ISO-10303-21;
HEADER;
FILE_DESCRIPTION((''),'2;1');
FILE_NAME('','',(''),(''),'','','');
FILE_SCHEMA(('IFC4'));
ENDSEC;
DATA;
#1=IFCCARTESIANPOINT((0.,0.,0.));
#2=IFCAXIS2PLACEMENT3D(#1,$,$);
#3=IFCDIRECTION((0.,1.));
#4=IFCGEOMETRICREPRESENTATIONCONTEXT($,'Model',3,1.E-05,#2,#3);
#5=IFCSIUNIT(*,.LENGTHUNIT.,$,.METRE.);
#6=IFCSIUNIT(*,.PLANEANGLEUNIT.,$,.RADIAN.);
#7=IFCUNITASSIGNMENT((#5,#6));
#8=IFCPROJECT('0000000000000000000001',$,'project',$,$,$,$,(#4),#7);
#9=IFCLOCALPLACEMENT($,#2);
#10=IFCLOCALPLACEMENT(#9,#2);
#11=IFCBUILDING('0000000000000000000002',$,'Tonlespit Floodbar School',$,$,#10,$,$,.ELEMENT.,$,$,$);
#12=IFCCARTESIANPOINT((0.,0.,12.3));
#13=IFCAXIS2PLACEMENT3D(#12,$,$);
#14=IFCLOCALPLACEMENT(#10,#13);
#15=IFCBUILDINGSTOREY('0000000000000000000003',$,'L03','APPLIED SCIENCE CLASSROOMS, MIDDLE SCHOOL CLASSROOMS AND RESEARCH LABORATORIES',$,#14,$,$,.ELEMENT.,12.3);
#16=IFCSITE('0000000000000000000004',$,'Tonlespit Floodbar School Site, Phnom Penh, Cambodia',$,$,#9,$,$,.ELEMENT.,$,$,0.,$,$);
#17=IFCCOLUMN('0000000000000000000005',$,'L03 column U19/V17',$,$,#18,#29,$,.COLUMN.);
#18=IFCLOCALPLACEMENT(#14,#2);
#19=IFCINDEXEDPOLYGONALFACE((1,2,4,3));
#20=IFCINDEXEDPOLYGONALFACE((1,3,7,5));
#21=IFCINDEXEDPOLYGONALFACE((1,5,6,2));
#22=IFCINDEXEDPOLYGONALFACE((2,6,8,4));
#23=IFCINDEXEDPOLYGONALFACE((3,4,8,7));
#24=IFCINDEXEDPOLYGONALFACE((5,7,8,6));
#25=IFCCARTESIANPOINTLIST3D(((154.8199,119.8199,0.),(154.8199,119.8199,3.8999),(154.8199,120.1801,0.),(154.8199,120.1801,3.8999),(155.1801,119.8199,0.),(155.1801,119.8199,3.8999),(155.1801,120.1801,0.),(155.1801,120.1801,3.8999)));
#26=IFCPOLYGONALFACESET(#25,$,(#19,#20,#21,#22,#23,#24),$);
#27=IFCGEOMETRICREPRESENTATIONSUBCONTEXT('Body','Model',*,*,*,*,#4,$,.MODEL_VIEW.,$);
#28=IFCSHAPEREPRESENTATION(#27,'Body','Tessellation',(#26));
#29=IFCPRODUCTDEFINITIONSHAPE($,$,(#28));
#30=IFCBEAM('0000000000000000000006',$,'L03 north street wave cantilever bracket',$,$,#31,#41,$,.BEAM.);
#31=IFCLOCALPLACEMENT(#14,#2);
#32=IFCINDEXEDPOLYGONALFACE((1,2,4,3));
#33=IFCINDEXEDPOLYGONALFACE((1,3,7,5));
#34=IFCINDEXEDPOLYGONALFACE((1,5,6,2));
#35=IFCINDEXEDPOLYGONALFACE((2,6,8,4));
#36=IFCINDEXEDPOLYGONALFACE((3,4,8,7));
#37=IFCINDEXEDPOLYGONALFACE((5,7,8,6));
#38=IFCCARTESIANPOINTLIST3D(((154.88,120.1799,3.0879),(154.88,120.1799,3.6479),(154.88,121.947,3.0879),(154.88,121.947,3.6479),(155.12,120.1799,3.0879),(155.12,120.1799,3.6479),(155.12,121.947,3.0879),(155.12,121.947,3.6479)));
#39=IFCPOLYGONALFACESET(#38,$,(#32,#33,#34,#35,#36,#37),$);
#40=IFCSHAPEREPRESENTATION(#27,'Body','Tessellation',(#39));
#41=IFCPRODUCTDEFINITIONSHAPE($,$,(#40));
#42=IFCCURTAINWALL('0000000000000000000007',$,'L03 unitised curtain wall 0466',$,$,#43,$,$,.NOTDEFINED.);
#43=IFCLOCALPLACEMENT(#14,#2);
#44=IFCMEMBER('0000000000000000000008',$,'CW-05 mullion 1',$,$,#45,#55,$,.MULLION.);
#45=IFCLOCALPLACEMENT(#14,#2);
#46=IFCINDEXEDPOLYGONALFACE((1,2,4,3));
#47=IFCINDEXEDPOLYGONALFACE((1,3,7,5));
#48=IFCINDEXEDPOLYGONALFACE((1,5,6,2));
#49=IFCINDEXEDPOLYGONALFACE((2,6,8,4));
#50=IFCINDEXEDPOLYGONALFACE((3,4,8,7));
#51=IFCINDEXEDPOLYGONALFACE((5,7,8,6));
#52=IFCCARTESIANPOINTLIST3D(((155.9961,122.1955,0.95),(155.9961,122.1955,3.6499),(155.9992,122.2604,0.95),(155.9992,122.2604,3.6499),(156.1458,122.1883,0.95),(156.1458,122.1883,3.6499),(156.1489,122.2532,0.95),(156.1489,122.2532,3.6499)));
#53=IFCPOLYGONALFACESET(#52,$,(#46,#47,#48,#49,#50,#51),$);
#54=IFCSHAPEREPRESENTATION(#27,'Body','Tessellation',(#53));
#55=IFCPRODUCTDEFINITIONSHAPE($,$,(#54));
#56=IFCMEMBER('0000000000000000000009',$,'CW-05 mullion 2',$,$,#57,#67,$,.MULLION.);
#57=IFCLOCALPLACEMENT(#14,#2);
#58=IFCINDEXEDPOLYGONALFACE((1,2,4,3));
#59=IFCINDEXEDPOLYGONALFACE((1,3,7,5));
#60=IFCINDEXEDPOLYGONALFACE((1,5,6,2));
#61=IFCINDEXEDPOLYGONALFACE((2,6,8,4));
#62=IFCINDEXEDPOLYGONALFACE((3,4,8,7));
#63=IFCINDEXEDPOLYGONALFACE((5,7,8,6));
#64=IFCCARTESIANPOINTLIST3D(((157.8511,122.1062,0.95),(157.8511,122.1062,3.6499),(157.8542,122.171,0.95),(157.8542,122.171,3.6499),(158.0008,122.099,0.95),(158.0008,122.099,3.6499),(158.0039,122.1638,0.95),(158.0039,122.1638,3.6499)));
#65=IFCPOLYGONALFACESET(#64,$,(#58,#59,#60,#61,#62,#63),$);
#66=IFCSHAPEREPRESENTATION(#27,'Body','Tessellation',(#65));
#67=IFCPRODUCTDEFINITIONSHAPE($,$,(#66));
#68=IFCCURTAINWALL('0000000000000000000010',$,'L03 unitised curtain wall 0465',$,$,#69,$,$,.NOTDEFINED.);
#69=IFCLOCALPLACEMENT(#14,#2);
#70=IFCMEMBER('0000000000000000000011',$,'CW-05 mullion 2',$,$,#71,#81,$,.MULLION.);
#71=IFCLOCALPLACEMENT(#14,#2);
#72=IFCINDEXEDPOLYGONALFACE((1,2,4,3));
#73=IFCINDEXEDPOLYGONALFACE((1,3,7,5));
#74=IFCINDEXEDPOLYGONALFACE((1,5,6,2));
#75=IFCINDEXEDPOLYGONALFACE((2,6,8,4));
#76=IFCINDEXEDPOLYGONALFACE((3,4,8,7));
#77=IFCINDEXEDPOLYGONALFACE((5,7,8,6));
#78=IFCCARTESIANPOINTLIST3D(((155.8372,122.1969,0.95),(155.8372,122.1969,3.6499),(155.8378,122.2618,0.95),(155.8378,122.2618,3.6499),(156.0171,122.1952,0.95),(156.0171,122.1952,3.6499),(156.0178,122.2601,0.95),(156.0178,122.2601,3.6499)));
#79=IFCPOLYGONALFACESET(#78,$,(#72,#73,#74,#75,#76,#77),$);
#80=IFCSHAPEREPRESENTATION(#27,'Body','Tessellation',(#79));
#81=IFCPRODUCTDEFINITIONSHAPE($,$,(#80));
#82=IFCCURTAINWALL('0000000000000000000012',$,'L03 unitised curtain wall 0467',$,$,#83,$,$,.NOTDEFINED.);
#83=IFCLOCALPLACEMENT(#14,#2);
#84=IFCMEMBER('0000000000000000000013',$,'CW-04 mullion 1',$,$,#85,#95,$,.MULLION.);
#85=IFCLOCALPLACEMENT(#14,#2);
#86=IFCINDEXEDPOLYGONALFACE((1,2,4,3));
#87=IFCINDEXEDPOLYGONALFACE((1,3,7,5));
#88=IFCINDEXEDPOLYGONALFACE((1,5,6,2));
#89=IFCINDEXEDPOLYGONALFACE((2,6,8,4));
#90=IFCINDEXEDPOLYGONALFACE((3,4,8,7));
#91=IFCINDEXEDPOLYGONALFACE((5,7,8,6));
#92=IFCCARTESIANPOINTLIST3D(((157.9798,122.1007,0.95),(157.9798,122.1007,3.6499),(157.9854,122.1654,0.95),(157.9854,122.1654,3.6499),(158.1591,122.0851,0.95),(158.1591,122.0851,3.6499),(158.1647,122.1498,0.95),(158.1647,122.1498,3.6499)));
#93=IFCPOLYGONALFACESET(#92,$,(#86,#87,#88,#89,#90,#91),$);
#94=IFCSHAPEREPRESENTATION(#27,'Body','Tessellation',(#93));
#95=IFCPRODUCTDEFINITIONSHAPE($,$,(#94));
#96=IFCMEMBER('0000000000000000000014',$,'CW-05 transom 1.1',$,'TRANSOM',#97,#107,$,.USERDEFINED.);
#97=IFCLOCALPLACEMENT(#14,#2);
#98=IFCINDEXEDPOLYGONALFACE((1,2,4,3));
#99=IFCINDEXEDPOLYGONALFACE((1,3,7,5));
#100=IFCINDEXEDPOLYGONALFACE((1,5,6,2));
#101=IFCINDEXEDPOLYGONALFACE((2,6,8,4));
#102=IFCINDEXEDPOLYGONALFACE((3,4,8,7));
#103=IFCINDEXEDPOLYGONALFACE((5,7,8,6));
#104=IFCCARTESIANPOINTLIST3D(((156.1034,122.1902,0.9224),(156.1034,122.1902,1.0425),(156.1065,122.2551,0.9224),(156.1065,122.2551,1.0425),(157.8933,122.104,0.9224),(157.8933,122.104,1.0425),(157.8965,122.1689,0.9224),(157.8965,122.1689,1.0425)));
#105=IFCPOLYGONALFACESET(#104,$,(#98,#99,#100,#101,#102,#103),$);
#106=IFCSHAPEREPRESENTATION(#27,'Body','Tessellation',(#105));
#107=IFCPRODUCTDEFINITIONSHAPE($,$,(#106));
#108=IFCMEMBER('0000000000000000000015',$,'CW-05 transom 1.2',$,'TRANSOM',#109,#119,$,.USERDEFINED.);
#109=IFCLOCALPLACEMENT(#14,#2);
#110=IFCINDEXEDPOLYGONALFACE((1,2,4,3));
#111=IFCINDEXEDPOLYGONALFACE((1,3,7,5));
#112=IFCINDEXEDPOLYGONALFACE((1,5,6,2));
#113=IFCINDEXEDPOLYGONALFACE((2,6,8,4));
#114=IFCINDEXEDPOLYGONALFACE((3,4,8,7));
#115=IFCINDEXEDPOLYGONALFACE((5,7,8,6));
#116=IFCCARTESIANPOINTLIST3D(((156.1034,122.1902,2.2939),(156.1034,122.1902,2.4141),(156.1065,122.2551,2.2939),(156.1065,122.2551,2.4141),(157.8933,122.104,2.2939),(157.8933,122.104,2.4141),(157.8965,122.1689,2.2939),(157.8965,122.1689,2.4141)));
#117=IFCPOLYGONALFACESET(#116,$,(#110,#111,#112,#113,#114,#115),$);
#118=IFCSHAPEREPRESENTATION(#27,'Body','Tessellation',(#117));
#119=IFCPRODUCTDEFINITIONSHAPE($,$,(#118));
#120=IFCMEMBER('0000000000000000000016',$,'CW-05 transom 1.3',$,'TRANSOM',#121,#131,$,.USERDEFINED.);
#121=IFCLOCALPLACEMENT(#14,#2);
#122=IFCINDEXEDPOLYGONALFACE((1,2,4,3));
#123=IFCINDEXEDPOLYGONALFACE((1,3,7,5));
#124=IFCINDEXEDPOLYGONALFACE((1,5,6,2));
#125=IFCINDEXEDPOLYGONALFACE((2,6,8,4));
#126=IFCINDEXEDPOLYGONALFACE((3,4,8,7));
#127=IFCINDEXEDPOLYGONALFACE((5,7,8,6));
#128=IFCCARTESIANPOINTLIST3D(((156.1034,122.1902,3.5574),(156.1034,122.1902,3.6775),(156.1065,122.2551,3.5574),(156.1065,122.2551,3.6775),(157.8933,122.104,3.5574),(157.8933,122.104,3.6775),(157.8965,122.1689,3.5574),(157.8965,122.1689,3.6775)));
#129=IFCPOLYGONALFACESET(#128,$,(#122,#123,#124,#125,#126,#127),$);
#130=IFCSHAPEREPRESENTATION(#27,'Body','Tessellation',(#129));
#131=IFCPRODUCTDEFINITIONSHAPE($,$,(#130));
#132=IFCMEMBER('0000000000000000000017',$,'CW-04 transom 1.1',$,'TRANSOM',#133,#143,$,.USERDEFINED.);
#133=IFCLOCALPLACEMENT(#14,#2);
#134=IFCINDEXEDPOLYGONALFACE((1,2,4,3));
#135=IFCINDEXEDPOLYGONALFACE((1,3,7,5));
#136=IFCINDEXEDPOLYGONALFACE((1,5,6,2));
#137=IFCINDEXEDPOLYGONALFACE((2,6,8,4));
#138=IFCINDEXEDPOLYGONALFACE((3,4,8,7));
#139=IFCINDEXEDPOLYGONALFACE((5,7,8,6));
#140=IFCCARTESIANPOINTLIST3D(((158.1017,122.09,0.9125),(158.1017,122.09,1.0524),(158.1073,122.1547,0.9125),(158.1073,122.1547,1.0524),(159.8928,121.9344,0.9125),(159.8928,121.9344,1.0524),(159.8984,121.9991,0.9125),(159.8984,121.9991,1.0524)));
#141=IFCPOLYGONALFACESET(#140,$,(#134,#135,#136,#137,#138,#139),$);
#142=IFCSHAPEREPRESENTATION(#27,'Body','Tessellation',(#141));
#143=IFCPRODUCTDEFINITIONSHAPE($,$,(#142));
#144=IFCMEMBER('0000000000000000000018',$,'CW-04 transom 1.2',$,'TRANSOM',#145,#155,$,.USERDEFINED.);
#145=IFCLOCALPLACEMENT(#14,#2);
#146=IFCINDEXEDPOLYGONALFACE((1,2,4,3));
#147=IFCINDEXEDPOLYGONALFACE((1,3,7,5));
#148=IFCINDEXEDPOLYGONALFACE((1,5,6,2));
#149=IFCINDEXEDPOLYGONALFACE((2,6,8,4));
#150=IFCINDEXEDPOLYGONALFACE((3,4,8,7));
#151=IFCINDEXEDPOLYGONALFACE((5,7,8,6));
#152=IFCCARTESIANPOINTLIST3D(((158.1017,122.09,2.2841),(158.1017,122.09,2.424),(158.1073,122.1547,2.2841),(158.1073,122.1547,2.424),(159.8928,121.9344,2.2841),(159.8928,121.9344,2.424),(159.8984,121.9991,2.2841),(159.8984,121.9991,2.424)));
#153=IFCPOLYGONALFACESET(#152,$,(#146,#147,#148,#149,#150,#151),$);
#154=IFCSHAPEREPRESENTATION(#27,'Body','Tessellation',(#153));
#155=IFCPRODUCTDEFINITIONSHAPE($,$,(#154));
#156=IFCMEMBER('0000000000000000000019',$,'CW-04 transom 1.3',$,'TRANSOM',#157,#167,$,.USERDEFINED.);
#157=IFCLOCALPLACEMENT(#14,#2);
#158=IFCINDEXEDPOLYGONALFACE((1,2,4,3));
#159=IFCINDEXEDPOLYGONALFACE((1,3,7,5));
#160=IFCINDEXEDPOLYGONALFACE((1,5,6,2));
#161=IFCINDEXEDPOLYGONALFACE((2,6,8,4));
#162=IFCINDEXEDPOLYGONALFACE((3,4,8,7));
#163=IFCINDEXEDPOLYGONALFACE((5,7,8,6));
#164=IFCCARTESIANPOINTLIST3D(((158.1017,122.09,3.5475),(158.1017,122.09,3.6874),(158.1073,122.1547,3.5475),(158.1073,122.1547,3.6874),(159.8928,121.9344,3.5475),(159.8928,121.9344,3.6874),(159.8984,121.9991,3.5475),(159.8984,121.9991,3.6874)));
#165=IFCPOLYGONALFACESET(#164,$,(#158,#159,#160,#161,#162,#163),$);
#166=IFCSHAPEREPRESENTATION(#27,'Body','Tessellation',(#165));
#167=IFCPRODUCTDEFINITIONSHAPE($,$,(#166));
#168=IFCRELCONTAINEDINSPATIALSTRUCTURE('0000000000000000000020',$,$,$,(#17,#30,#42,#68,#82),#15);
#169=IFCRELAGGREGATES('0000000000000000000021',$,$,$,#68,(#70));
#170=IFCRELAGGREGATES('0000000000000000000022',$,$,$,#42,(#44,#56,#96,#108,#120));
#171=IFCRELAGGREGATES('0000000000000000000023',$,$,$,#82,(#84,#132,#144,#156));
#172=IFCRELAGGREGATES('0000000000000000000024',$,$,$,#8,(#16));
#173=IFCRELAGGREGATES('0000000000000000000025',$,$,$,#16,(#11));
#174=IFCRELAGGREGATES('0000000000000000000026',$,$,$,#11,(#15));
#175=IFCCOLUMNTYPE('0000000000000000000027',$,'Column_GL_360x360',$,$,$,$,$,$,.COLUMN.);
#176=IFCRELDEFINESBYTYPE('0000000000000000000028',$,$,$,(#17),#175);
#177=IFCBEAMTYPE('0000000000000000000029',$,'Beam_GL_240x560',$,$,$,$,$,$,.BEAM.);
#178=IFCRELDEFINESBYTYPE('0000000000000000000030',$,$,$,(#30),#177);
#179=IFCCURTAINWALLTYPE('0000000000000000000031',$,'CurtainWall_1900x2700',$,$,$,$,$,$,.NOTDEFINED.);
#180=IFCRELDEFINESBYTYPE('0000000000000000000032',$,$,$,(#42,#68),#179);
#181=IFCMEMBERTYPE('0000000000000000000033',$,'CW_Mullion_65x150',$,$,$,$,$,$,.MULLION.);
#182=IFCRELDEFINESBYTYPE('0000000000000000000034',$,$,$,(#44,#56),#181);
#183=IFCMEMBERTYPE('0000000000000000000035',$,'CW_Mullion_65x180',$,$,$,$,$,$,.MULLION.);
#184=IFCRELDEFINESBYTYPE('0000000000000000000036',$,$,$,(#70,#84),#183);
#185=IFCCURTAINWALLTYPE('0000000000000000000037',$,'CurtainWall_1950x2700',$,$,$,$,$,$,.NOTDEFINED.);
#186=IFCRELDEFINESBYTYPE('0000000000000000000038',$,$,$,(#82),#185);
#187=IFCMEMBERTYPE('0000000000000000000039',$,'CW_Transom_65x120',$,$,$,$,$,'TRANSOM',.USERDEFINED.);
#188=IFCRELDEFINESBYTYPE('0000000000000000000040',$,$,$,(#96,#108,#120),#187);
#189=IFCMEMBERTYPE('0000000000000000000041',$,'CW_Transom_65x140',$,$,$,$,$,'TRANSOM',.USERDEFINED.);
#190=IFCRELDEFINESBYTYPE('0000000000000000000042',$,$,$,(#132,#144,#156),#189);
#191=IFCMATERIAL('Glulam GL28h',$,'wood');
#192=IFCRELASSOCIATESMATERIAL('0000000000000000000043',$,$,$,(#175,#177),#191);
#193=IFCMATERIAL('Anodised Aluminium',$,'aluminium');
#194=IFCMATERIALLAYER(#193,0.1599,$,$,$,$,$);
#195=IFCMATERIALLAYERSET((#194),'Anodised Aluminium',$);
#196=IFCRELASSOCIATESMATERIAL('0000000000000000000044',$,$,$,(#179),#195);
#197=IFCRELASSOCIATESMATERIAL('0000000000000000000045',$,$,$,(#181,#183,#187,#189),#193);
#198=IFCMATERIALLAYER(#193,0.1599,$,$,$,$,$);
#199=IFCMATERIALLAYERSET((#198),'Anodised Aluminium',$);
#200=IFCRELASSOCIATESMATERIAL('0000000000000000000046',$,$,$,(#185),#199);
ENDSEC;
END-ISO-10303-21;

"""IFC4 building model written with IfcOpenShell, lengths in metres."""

from ifc_helpers import new_model, si_unit, direction, frame, origin, origin_2d, place, context, subcontext, project, spatial, rectangle, extrude, material, layer, layer_set, material_profile, profile_set, type_object, element, aggregate, save


model = new_model("IFC4")

# Units and contexts
model_context = context("Model", 3, precision=1e-05, world=origin(), true_north=direction((0.0, 1.0)))
body_context = subcontext(model_context, "Body", "Model", "MODEL_VIEW")
ifc_project = project(units=[si_unit("LENGTHUNIT", "METRE"), si_unit("PLANEANGLEUNIT", "RADIAN")], contexts=[model_context])

# Site, building, storey
site_placement = place(None, origin())
site = spatial("IfcSite", under=ifc_project, at=site_placement, Name="Tonlespit Floodbar School Site, Phnom Penh, Cambodia", CompositionType="ELEMENT", RefElevation=0.0)
building_placement = place(site_placement, origin())
building = spatial("IfcBuilding", under=site, at=building_placement, Name="Tonlespit Floodbar School", CompositionType="ELEMENT")
storey_placement = place(building_placement, frame((0.0, 0.0, 12.3)))
storey = spatial("IfcBuildingStorey", under=building, at=storey_placement, Name="L03", Description="APPLIED SCIENCE CLASSROOMS, MIDDLE SCHOOL CLASSROOMS AND RESEARCH LABORATORIES", CompositionType="ELEMENT", Elevation=12.3)

# Column
ifc_material_1 = material(Name="Glulam GL28h", Category="wood")
ifc_material_profile_1 = material_profile(ifc_material_1, rectangle(XDim=0.3601, YDim=0.3601, at=origin_2d()), Name="GL 360x360")
ifc_profile_set_1 = profile_set([ifc_material_profile_1], Name="Glulam GL28h")
column_type = type_object("IfcColumnType", Name="Column_GL_360x360", PredefinedType="COLUMN", material=ifc_profile_set_1)
column_placement = place(storey_placement, frame((155.0, 120.0, 0.0), z_axis=(0.0, 0.0, 1.0), x_axis=(1.0, 0.0, 0.0)))
element("IfcColumn", 1, at=column_placement, inside=storey, type_object=column_type, Name="L03 column U19/V17", PredefinedType="COLUMN", context=body_context, shape_type="SweptSolid", body=[
    extrude(rectangle(XDim=0.3601, YDim=0.3601, at=origin_2d()), origin(), (0.0, 0.0, 1.0), 3.8999),
])

# Beam
ifc_material_profile_2 = material_profile(ifc_material_1, rectangle(XDim=0.24, YDim=0.5601, at=origin_2d()), Name="GL 240x560")
ifc_profile_set_2 = profile_set([ifc_material_profile_2], Name="Glulam GL28h")
beam_type_1 = type_object("IfcBeamType", Name="Beam_GL_240x560", PredefinedType="BEAM", material=ifc_profile_set_2)
beam_1_placement = place(storey_placement, frame((155.0, 120.1799, 3.3679), z_axis=(0.0, 1.0, 0.0), x_axis=(-1.0, 0.0, 0.0)))
element("IfcBeam", 2, at=beam_1_placement, inside=storey, type_object=beam_type_1, Name="L03 north street wave cantilever bracket", PredefinedType="BEAM", context=body_context, shape_type="SweptSolid", body=[
    extrude(rectangle(XDim=0.24, YDim=0.5601, at=origin_2d()), origin(), (0.0, 0.0, 1.0), 1.7671),
])

# Curtain wall, members
ifc_material_2 = material(Name="Anodised Aluminium", Category="aluminium")
ifc_layer_1 = layer(ifc_material_2, 0.1599)
ifc_layer_set_1 = layer_set([ifc_layer_1], Name="Anodised Aluminium")
curtain_wall_type_1 = type_object("IfcCurtainWallType", Name="CurtainWall_1900x2700", PredefinedType="NOTDEFINED", material=ifc_layer_set_1)
curtain_wall_1_placement = place(storey_placement, origin())
curtain_wall_1 = element("IfcCurtainWall", 3, at=curtain_wall_1_placement, inside=storey, type_object=curtain_wall_type_1, Name="L03 unitised curtain wall 0466", PredefinedType="NOTDEFINED")
ifc_material_profile_3 = material_profile(ifc_material_2, rectangle(XDim=0.0649, YDim=0.1499, at=origin_2d()), Name="ALU M65x150")
ifc_profile_set_3 = profile_set([ifc_material_profile_3], Name="Anodised Aluminium")
member_type_1 = type_object("IfcMemberType", Name="CW_Mullion_65x150", PredefinedType="MULLION", material=ifc_profile_set_3)
member_1_placement = place(storey_placement, frame((156.0725, 122.2244, 0.95), z_axis=(0.0, 0.0, 1.0), x_axis=(0.048121, 0.998842, 0.0)))
member_1 = element("IfcMember", 4, at=member_1_placement, type_object=member_type_1, Name="CW-05 mullion 1", PredefinedType="MULLION", context=body_context, shape_type="SweptSolid", body=[
    extrude(rectangle(XDim=0.0649, YDim=0.1499, at=origin_2d()), origin(), (0.0, 0.0, 1.0), 2.7),
])
member_2_placement = place(storey_placement, frame((157.9275, 122.135, 0.95), z_axis=(0.0, 0.0, 1.0), x_axis=(0.048121, 0.998842, 0.0)))
member_2 = element("IfcMember", 5, at=member_2_placement, type_object=member_type_1, Name="CW-05 mullion 2", PredefinedType="MULLION", context=body_context, shape_type="SweptSolid", body=[
    extrude(rectangle(XDim=0.0649, YDim=0.1499, at=origin_2d()), origin(), (0.0, 0.0, 1.0), 2.7),
])

# Curtain walls, members
curtain_wall_2_placement = place(storey_placement, origin())
curtain_wall_2 = element("IfcCurtainWall", 6, at=curtain_wall_2_placement, inside=storey, type_object=curtain_wall_type_1, Name="L03 unitised curtain wall 0465", PredefinedType="NOTDEFINED")
ifc_material_profile_4 = material_profile(ifc_material_2, rectangle(XDim=0.0649, YDim=0.1799, at=origin_2d()), Name="ALU M65x180")
ifc_profile_set_4 = profile_set([ifc_material_profile_4], Name="Anodised Aluminium")
member_type_2 = type_object("IfcMemberType", Name="CW_Mullion_65x180", PredefinedType="MULLION", material=ifc_profile_set_4)
member_3_placement = place(storey_placement, frame((155.9275, 122.2285, 0.95), z_axis=(0.0, 0.0, 1.0), x_axis=(0.009583, 0.999954, 0.0)))
member_3 = element("IfcMember", 7, at=member_3_placement, type_object=member_type_2, Name="CW-05 mullion 2", PredefinedType="MULLION", context=body_context, shape_type="SweptSolid", body=[
    extrude(rectangle(XDim=0.0649, YDim=0.1799, at=origin_2d()), origin(), (0.0, 0.0, 1.0), 2.7),
])
ifc_layer_2 = layer(ifc_material_2, 0.1599)
ifc_layer_set_2 = layer_set([ifc_layer_2], Name="Anodised Aluminium")
curtain_wall_type_2 = type_object("IfcCurtainWallType", Name="CurtainWall_1950x2700", PredefinedType="NOTDEFINED", material=ifc_layer_set_2)
curtain_wall_3_placement = place(storey_placement, origin())
curtain_wall_3 = element("IfcCurtainWall", 8, at=curtain_wall_3_placement, inside=storey, type_object=curtain_wall_type_2, Name="L03 unitised curtain wall 0467", PredefinedType="NOTDEFINED")
member_4_placement = place(storey_placement, frame((158.0723, 122.1252, 0.95), z_axis=(0.0, 0.0, 1.0), x_axis=(0.086531, 0.996249, 0.0)))
member_4 = element("IfcMember", 9, at=member_4_placement, type_object=member_type_2, Name="CW-04 mullion 1", PredefinedType="MULLION", context=body_context, shape_type="SweptSolid", body=[
    extrude(rectangle(XDim=0.0649, YDim=0.1799, at=origin_2d()), origin(), (0.0, 0.0, 1.0), 2.7),
])

# Members
ifc_material_profile_5 = material_profile(ifc_material_2, rectangle(XDim=0.0649, YDim=0.1201, at=origin_2d()), Name="ALU T65x120")
ifc_profile_set_5 = profile_set([ifc_material_profile_5], Name="Anodised Aluminium")
member_type_3 = type_object("IfcMemberType", Name="CW_Transom_65x120", ElementType="TRANSOM", PredefinedType="USERDEFINED", material=ifc_profile_set_5)
member_5_placement = place(storey_placement, frame((156.105, 122.2227, 0.9824), z_axis=(0.998843, -0.048089, 0.0), x_axis=(0.048089, 0.998843, 0.0)))
member_5 = element("IfcMember", 10, at=member_5_placement, type_object=member_type_3, Name="CW-05 transom 1.1", ObjectType="TRANSOM", PredefinedType="USERDEFINED", context=body_context, shape_type="SweptSolid", body=[
    extrude(rectangle(XDim=0.0649, YDim=0.1201, at=origin_2d()), origin(), (0.0, 0.0, 1.0), 1.792),
])
member_6_placement = place(storey_placement, frame((156.105, 122.2227, 2.354), z_axis=(0.998843, -0.048089, 0.0), x_axis=(0.048089, 0.998843, 0.0)))
member_6 = element("IfcMember", 11, at=member_6_placement, type_object=member_type_3, Name="CW-05 transom 1.2", ObjectType="TRANSOM", PredefinedType="USERDEFINED", context=body_context, shape_type="SweptSolid", body=[
    extrude(rectangle(XDim=0.0649, YDim=0.1201, at=origin_2d()), origin(), (0.0, 0.0, 1.0), 1.792),
])
member_7_placement = place(storey_placement, frame((156.105, 122.2227, 3.6174), z_axis=(0.998843, -0.048089, 0.0), x_axis=(0.048089, 0.998843, 0.0)))
member_7 = element("IfcMember", 12, at=member_7_placement, type_object=member_type_3, Name="CW-05 transom 1.3", ObjectType="TRANSOM", PredefinedType="USERDEFINED", context=body_context, shape_type="SweptSolid", body=[
    extrude(rectangle(XDim=0.0649, YDim=0.1201, at=origin_2d()), origin(), (0.0, 0.0, 1.0), 1.792),
])
ifc_material_profile_6 = material_profile(ifc_material_2, rectangle(XDim=0.0649, YDim=0.1399, at=origin_2d()), Name="ALU T65x140")
ifc_profile_set_6 = profile_set([ifc_material_profile_6], Name="Anodised Aluminium")
member_type_4 = type_object("IfcMemberType", Name="CW_Transom_65x140", ElementType="TRANSOM", PredefinedType="USERDEFINED", material=ifc_profile_set_6)
member_8_placement = place(storey_placement, frame((158.1045, 122.1223, 0.9824), z_axis=(0.996251, -0.086507, 0.0), x_axis=(0.086507, 0.996251, 0.0)))
member_8 = element("IfcMember", 13, at=member_8_placement, type_object=member_type_4, Name="CW-04 transom 1.1", ObjectType="TRANSOM", PredefinedType="USERDEFINED", context=body_context, shape_type="SweptSolid", body=[
    extrude(rectangle(XDim=0.0649, YDim=0.1399, at=origin_2d()), origin(), (0.0, 0.0, 1.0), 1.7979),
])
member_9_placement = place(storey_placement, frame((158.1045, 122.1223, 2.354), z_axis=(0.996251, -0.086507, 0.0), x_axis=(0.086507, 0.996251, 0.0)))
member_9 = element("IfcMember", 14, at=member_9_placement, type_object=member_type_4, Name="CW-04 transom 1.2", ObjectType="TRANSOM", PredefinedType="USERDEFINED", context=body_context, shape_type="SweptSolid", body=[
    extrude(rectangle(XDim=0.0649, YDim=0.1399, at=origin_2d()), origin(), (0.0, 0.0, 1.0), 1.7979),
])
member_10_placement = place(storey_placement, frame((158.1045, 122.1223, 3.6174), z_axis=(0.996251, -0.086507, 0.0), x_axis=(0.086507, 0.996251, 0.0)))
member_10 = element("IfcMember", 15, at=member_10_placement, type_object=member_type_4, Name="CW-04 transom 1.3", ObjectType="TRANSOM", PredefinedType="USERDEFINED", context=body_context, shape_type="SweptSolid", body=[
    extrude(rectangle(XDim=0.0649, YDim=0.1399, at=origin_2d()), origin(), (0.0, 0.0, 1.0), 1.7979),
])

aggregate(curtain_wall_2, [member_3])
aggregate(curtain_wall_1, [member_1, member_2, member_5, member_6, member_7])
aggregate(curtain_wall_3, [member_4, member_8, member_9, member_10])

save(model, "model.ifc")
